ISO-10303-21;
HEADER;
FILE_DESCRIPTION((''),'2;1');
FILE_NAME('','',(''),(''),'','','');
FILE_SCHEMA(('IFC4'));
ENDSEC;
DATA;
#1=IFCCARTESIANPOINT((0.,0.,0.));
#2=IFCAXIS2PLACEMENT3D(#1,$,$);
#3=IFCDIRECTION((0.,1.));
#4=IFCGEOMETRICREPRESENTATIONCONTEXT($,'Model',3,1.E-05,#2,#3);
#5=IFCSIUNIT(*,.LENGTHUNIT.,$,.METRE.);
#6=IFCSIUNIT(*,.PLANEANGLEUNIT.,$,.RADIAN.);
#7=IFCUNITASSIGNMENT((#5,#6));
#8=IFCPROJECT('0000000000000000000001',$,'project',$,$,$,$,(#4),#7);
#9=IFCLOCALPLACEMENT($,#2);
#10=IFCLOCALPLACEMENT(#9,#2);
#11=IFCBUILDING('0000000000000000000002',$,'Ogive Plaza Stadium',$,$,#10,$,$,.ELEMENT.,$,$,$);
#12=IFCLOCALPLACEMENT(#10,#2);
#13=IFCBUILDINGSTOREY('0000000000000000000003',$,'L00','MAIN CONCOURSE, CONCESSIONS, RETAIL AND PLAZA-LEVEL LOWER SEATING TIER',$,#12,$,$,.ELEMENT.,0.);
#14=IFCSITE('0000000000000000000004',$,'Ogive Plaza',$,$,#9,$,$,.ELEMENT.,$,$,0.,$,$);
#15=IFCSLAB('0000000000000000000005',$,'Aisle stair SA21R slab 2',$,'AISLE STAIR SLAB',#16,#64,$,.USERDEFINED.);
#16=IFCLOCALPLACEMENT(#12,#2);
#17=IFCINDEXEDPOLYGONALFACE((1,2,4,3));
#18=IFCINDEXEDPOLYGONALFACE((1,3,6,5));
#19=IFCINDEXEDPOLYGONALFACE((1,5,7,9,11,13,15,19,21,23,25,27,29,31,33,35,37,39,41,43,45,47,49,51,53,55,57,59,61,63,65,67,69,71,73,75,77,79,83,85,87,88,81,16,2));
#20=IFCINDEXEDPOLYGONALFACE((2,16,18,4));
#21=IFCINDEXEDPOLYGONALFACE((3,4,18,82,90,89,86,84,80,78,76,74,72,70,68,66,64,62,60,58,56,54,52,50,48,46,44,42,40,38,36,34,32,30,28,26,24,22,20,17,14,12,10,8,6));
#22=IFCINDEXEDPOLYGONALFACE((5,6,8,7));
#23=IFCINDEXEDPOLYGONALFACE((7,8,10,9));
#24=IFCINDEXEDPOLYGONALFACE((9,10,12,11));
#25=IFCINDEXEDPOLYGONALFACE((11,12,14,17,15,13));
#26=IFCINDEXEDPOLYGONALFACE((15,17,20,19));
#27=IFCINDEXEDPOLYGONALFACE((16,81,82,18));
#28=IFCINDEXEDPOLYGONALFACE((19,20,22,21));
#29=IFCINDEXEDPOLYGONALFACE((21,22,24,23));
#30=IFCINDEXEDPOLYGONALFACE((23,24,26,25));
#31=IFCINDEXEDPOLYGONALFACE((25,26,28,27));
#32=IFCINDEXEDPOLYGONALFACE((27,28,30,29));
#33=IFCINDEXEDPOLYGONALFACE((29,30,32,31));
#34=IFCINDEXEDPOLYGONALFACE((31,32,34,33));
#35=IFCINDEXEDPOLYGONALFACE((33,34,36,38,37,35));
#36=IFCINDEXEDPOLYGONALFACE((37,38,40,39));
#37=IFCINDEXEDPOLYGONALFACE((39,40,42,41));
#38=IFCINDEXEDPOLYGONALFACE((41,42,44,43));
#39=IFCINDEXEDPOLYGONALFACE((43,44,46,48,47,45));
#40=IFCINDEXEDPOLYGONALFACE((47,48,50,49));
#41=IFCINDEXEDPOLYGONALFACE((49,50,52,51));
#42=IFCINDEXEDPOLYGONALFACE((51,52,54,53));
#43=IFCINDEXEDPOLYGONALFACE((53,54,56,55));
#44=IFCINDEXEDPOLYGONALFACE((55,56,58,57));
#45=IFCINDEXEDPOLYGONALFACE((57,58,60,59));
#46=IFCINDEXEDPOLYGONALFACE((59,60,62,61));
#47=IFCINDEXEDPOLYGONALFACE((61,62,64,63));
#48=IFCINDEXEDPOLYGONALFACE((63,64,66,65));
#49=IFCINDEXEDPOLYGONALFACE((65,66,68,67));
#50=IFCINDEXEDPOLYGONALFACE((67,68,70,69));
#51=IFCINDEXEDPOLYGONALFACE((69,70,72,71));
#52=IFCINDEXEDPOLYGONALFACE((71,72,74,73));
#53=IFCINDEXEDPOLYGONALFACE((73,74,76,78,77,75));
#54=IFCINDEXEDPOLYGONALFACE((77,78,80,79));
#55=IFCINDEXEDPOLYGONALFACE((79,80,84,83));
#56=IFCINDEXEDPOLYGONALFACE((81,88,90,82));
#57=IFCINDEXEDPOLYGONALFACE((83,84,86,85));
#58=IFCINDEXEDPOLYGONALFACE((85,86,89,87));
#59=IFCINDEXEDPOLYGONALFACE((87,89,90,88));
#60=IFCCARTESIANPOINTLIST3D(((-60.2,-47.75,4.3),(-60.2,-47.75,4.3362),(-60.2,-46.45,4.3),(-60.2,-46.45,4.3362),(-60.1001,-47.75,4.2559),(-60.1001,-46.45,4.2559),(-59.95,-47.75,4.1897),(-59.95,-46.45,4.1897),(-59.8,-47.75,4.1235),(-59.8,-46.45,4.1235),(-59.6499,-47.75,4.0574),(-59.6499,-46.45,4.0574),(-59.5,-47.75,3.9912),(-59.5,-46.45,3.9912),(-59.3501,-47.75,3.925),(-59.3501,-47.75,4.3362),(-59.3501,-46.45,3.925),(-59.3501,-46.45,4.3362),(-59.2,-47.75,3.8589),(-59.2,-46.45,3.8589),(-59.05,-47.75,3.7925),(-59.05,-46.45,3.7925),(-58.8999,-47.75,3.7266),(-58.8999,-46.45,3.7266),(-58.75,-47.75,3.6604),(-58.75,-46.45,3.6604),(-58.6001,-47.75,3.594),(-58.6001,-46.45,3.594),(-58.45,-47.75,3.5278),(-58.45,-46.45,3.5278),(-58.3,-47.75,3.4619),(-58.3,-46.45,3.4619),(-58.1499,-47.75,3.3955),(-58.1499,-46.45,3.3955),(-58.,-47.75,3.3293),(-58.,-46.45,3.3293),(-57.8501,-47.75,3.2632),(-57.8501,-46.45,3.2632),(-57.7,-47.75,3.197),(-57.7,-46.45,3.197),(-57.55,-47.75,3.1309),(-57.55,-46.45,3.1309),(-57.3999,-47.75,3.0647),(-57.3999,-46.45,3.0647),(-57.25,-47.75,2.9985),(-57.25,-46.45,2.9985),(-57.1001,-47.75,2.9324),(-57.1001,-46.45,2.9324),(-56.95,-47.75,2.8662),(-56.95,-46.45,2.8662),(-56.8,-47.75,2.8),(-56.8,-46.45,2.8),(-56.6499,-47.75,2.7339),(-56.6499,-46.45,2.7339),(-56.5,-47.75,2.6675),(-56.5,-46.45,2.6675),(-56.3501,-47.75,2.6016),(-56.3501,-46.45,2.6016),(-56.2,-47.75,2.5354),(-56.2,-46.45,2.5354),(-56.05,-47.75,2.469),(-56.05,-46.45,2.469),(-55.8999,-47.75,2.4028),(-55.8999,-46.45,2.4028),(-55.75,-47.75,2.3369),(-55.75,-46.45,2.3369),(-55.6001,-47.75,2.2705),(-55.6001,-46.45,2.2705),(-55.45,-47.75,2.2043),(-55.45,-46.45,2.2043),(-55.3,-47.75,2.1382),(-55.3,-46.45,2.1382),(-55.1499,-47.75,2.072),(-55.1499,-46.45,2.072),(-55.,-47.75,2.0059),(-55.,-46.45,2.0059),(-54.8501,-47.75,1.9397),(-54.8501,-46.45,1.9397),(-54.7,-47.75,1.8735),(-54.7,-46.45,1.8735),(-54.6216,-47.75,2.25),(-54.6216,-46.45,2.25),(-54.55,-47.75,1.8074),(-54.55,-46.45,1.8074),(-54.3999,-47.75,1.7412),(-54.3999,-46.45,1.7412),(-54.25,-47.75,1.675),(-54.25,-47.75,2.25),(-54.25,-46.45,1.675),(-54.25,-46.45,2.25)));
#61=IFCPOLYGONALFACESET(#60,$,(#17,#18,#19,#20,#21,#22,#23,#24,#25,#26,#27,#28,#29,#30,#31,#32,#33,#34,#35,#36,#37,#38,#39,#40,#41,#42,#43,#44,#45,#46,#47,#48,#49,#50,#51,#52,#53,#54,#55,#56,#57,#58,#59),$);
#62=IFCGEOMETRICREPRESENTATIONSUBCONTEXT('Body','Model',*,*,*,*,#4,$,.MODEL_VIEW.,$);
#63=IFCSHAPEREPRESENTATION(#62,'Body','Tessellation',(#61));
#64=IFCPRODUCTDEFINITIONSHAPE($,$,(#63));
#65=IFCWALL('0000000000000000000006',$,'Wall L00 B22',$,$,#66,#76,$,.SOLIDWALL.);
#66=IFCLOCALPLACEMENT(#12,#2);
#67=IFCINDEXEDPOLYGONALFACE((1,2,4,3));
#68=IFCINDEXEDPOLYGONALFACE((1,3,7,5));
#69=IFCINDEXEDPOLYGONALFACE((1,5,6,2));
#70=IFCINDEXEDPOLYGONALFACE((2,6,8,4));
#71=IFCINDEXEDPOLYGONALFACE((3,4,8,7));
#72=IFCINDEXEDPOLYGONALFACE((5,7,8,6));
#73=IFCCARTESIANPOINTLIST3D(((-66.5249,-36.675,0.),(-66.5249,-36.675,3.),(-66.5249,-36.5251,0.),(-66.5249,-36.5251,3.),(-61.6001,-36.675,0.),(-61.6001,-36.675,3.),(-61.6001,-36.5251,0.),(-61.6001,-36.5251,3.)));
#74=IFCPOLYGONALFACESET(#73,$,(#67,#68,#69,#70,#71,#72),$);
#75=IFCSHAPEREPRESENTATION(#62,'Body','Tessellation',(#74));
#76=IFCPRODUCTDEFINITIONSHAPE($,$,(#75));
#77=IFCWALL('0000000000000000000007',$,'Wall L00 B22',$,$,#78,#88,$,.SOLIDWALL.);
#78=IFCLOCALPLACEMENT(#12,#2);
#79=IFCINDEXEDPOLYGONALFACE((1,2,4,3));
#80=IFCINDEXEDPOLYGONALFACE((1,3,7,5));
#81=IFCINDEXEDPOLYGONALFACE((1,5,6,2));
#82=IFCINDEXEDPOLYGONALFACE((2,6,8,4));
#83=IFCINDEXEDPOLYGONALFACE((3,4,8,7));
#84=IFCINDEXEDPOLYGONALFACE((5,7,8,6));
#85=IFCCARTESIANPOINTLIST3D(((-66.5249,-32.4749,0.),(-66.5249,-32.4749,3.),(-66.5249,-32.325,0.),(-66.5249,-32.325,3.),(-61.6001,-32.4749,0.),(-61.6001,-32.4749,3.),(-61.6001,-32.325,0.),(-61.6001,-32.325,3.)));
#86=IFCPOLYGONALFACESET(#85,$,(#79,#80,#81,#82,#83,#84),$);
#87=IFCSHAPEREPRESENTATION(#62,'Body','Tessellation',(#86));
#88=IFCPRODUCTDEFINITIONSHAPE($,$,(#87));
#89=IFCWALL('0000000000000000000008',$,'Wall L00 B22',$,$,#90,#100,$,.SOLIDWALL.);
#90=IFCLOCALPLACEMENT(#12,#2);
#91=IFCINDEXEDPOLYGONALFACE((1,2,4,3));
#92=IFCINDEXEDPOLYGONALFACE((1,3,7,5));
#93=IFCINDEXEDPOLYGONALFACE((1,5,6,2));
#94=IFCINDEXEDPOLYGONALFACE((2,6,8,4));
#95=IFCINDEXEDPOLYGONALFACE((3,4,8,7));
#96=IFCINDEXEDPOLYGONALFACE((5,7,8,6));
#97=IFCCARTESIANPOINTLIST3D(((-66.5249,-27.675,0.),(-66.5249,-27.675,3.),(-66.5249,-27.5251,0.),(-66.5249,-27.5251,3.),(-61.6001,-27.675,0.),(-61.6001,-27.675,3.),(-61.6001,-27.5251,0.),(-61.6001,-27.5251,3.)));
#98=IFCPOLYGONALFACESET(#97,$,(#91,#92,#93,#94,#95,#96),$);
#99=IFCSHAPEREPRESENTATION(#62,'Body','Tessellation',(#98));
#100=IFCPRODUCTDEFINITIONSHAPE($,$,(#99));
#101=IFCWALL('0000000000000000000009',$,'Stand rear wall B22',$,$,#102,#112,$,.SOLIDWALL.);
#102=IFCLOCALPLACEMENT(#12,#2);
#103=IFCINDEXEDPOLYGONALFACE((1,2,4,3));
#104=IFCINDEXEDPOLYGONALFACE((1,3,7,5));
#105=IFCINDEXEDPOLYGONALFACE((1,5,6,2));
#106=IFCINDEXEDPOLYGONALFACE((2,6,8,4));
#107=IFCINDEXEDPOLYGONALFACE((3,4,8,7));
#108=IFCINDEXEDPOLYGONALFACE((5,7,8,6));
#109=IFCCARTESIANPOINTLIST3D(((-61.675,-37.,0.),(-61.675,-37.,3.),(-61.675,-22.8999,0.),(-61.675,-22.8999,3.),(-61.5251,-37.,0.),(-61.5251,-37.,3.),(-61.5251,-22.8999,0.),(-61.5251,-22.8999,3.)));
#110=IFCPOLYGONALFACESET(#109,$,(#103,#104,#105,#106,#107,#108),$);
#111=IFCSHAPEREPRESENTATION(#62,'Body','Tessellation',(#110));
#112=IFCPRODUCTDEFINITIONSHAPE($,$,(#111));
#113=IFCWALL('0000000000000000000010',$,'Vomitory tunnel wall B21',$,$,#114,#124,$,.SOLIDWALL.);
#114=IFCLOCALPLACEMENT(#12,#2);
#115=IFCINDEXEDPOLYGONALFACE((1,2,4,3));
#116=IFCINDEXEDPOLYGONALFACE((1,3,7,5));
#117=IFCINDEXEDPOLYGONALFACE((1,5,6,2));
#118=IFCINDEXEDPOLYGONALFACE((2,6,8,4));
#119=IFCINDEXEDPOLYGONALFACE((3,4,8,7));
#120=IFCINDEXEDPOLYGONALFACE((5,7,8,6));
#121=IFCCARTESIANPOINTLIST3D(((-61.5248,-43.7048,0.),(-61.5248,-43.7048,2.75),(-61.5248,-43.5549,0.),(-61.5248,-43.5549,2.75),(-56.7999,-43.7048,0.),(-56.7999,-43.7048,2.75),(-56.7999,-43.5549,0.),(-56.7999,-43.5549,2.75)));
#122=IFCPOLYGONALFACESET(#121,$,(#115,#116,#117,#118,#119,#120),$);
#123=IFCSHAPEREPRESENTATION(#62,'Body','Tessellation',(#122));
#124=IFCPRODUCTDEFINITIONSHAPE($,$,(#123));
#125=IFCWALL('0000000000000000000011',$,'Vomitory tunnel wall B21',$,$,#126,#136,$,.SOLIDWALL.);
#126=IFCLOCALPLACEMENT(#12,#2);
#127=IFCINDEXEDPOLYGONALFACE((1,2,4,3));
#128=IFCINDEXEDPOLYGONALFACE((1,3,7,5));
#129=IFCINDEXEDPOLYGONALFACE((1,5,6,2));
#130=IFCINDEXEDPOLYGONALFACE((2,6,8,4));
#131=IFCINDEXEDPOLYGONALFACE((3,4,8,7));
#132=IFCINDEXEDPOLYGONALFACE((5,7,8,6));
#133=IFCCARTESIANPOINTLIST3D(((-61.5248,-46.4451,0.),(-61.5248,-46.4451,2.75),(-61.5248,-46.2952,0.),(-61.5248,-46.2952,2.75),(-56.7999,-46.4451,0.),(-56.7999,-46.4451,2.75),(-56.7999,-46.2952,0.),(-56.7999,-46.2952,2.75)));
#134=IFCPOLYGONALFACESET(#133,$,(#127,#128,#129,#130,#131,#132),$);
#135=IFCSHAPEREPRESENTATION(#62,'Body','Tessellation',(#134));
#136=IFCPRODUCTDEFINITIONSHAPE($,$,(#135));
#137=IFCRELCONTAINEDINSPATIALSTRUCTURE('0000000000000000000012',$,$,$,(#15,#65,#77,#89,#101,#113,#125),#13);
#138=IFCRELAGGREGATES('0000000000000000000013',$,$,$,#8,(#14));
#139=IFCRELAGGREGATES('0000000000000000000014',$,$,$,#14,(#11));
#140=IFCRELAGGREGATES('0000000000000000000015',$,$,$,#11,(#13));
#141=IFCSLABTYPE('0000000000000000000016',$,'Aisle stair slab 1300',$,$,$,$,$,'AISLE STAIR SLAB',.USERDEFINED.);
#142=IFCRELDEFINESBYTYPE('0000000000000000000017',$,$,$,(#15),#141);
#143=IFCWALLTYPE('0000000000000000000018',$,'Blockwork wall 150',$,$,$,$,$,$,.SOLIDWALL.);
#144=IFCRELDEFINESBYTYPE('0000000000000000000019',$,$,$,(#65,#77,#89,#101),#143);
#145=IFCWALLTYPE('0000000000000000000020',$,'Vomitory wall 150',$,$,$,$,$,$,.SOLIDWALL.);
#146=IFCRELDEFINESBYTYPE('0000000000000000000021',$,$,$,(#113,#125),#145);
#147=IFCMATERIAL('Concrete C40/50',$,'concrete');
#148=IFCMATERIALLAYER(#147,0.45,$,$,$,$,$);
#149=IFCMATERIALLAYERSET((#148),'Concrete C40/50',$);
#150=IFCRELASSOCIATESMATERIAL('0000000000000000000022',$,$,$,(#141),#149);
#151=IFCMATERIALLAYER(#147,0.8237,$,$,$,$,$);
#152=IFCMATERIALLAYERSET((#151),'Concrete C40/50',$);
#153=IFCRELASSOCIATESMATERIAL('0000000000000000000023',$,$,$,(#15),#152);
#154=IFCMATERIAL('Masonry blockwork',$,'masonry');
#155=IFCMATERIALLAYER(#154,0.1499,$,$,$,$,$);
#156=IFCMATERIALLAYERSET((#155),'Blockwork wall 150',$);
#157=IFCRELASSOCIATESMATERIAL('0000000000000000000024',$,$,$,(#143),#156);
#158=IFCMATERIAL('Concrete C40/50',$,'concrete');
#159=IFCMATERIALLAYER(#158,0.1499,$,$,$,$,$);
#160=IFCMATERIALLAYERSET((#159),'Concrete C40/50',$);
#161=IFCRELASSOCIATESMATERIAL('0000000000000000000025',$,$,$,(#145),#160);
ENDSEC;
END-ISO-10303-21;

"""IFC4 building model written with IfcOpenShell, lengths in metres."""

from ifc_helpers import new_model, si_unit, direction, frame, frame_2d, origin, place, context, subcontext, project, spatial, polyline, rectangle, outline, extrude, material, layer, layer_set, type_object, element, save


model = new_model("IFC4")

# Units and contexts
model_context = context("Model", 3, precision=1e-05, world=origin(), true_north=direction((0.0, 1.0)))
body_context = subcontext(model_context, "Body", "Model", "MODEL_VIEW")
ifc_project = project(units=[si_unit("LENGTHUNIT", "METRE"), si_unit("PLANEANGLEUNIT", "RADIAN")], contexts=[model_context])

# Site, building, storey
site_placement = place(None, origin())
site = spatial("IfcSite", under=ifc_project, at=site_placement, Name="Ogive Plaza", CompositionType="ELEMENT", RefElevation=0.0)
building_placement = place(site_placement, origin())
building = spatial("IfcBuilding", under=site, at=building_placement, Name="Ogive Plaza Stadium", CompositionType="ELEMENT")
storey_placement = place(building_placement, origin())
storey = spatial("IfcBuildingStorey", under=building, at=storey_placement, Name="L00", Description="MAIN CONCOURSE, CONCESSIONS, RETAIL AND PLAZA-LEVEL LOWER SEATING TIER", CompositionType="ELEMENT", Elevation=0.0)

# Slab
ifc_material_1 = material(Name="Concrete C40/50", Category="concrete")
ifc_layer_1 = layer(ifc_material_1, 0.45)
ifc_layer_set_1 = layer_set([ifc_layer_1], Name="Concrete C40/50")
slab_type = type_object("IfcSlabType", Name="Aisle stair slab 1300", ElementType="AISLE STAIR SLAB", PredefinedType="USERDEFINED", material=ifc_layer_set_1)
ifc_layer_2 = layer(ifc_material_1, 0.8237)
ifc_layer_set_2 = layer_set([ifc_layer_2], Name="Concrete C40/50")
slab_1_placement = place(storey_placement, frame((-54.25, -47.1001, 0.0), z_axis=(0.0, 0.0, 1.0), x_axis=(-1.0, 0.0, 0.0)))
element("IfcSlab", 1, at=slab_1_placement, inside=storey, type_object=slab_type, material=ifc_layer_set_2, Name="Aisle stair SA21R slab 2", ObjectType="AISLE STAIR SLAB", PredefinedType="USERDEFINED", context=body_context, shape_type="SweptSolid", body=[
    extrude(outline(polyline([(0.0, 2.25), (0.3716, 2.25), (5.1001, 4.3362), (5.95, 4.3362), (5.95, 4.3), (5.8501, 4.2559), (5.7, 4.1897), (5.55, 4.1235), (5.3999, 4.0574), (5.25, 3.9912), (5.1001, 3.925), (4.95, 3.8589), (4.8, 3.7925), (4.6499, 3.7266), (4.5, 3.6604), (4.3501, 3.594), (4.2, 3.5278), (4.05, 3.4619), (3.8999, 3.3955), (3.75, 3.3293), (3.6001, 3.2632), (3.45, 3.197), (3.3, 3.1309), (3.1499, 3.0647), (3.0, 2.9985), (2.8501, 2.9324), (2.7, 2.8662), (2.55, 2.8), (2.3999, 2.7339), (2.25, 2.6675), (2.1001, 2.6016), (1.95, 2.5354), (1.8, 2.469), (1.6499, 2.4028), (1.5, 2.3369), (1.3501, 2.2705), (1.2, 2.2043), (1.05, 2.1382), (0.8999, 2.072), (0.75, 2.0059), (0.6001, 1.9397), (0.45, 1.8735), (0.3, 1.8074), (0.1499, 1.7412), (0.0, 1.675), (0.0, 2.25)])), frame((0.0, 0.6499, 0.0), z_axis=(0.0, -1.0, 0.0), x_axis=(1.0, 0.0, 0.0)), (0.0, 0.0, 1.0), 1.3),
])

# Walls
ifc_material_2 = material(Name="Masonry blockwork", Category="masonry")
ifc_layer_3 = layer(ifc_material_2, 0.1499)
ifc_layer_set_3 = layer_set([ifc_layer_3], Name="Blockwork wall 150")
wall_type_1 = type_object("IfcWallType", Name="Blockwork wall 150", PredefinedType="SOLIDWALL", material=ifc_layer_set_3)
for number, where, z_axis, x_axis, name in (
    (2, (-61.6001, -36.6001, 0.0), (0.0, 0.0, 1.0), (-1.0, 0.0, 0.0), "Wall L00 B22"),
    (3, (-61.6001, -32.3999, 0.0), (0.0, 0.0, 1.0), (-1.0, 0.0, 0.0), "Wall L00 B22"),
    (4, (-61.6001, -27.6001, 0.0), (0.0, 0.0, 1.0), (-1.0, 0.0, 0.0), "Wall L00 B22"),
):
    element("IfcWall", number, at=place(storey_placement, frame(where, z_axis=z_axis, x_axis=x_axis)), inside=storey, type_object=wall_type_1, Name=name, PredefinedType="SOLIDWALL", context=body_context, shape_type="SweptSolid", body=[
        extrude(rectangle(XDim=4.9248, YDim=0.1499, at=frame_2d((2.4624, 0.0))), origin(), (0.0, 0.0, 1.0), 3.0),
    ])
wall_placement = place(storey_placement, frame((-61.6001, -37.0, 0.0), z_axis=(0.0, 0.0, 1.0), x_axis=(0.0, 1.0, 0.0)))
element("IfcWall", 5, at=wall_placement, inside=storey, type_object=wall_type_1, Name="Stand rear wall B22", PredefinedType="SOLIDWALL", context=body_context, shape_type="SweptSolid", body=[
    extrude(rectangle(XDim=14.1001, YDim=0.1499, at=frame_2d((7.05, 0.0))), origin(), (0.0, 0.0, 1.0), 3.0),
])
ifc_material_3 = material(Name="Concrete C40/50", Category="concrete")
ifc_layer_4 = layer(ifc_material_3, 0.1499)
ifc_layer_set_4 = layer_set([ifc_layer_4], Name="Concrete C40/50")
wall_type_2 = type_object("IfcWallType", Name="Vomitory wall 150", PredefinedType="SOLIDWALL", material=ifc_layer_set_4)
for number, where, z_axis, x_axis, name in (
    (6, (-56.8, -43.6299, 0.0), (0.0, 0.0, 1.0), (-1.0, 0.0, 0.0), "Vomitory tunnel wall B21"),
    (7, (-56.8, -46.3701, 0.0), (0.0, 0.0, 1.0), (-1.0, 0.0, 0.0), "Vomitory tunnel wall B21"),
):
    element("IfcWall", number, at=place(storey_placement, frame(where, z_axis=z_axis, x_axis=x_axis)), inside=storey, type_object=wall_type_2, Name=name, PredefinedType="SOLIDWALL", context=body_context, shape_type="SweptSolid", body=[
        extrude(rectangle(XDim=4.7249, YDim=0.1499, at=frame_2d((2.3623, 0.0))), origin(), (0.0, 0.0, 1.0), 2.75),
    ])

save(model, "model.ifc")
